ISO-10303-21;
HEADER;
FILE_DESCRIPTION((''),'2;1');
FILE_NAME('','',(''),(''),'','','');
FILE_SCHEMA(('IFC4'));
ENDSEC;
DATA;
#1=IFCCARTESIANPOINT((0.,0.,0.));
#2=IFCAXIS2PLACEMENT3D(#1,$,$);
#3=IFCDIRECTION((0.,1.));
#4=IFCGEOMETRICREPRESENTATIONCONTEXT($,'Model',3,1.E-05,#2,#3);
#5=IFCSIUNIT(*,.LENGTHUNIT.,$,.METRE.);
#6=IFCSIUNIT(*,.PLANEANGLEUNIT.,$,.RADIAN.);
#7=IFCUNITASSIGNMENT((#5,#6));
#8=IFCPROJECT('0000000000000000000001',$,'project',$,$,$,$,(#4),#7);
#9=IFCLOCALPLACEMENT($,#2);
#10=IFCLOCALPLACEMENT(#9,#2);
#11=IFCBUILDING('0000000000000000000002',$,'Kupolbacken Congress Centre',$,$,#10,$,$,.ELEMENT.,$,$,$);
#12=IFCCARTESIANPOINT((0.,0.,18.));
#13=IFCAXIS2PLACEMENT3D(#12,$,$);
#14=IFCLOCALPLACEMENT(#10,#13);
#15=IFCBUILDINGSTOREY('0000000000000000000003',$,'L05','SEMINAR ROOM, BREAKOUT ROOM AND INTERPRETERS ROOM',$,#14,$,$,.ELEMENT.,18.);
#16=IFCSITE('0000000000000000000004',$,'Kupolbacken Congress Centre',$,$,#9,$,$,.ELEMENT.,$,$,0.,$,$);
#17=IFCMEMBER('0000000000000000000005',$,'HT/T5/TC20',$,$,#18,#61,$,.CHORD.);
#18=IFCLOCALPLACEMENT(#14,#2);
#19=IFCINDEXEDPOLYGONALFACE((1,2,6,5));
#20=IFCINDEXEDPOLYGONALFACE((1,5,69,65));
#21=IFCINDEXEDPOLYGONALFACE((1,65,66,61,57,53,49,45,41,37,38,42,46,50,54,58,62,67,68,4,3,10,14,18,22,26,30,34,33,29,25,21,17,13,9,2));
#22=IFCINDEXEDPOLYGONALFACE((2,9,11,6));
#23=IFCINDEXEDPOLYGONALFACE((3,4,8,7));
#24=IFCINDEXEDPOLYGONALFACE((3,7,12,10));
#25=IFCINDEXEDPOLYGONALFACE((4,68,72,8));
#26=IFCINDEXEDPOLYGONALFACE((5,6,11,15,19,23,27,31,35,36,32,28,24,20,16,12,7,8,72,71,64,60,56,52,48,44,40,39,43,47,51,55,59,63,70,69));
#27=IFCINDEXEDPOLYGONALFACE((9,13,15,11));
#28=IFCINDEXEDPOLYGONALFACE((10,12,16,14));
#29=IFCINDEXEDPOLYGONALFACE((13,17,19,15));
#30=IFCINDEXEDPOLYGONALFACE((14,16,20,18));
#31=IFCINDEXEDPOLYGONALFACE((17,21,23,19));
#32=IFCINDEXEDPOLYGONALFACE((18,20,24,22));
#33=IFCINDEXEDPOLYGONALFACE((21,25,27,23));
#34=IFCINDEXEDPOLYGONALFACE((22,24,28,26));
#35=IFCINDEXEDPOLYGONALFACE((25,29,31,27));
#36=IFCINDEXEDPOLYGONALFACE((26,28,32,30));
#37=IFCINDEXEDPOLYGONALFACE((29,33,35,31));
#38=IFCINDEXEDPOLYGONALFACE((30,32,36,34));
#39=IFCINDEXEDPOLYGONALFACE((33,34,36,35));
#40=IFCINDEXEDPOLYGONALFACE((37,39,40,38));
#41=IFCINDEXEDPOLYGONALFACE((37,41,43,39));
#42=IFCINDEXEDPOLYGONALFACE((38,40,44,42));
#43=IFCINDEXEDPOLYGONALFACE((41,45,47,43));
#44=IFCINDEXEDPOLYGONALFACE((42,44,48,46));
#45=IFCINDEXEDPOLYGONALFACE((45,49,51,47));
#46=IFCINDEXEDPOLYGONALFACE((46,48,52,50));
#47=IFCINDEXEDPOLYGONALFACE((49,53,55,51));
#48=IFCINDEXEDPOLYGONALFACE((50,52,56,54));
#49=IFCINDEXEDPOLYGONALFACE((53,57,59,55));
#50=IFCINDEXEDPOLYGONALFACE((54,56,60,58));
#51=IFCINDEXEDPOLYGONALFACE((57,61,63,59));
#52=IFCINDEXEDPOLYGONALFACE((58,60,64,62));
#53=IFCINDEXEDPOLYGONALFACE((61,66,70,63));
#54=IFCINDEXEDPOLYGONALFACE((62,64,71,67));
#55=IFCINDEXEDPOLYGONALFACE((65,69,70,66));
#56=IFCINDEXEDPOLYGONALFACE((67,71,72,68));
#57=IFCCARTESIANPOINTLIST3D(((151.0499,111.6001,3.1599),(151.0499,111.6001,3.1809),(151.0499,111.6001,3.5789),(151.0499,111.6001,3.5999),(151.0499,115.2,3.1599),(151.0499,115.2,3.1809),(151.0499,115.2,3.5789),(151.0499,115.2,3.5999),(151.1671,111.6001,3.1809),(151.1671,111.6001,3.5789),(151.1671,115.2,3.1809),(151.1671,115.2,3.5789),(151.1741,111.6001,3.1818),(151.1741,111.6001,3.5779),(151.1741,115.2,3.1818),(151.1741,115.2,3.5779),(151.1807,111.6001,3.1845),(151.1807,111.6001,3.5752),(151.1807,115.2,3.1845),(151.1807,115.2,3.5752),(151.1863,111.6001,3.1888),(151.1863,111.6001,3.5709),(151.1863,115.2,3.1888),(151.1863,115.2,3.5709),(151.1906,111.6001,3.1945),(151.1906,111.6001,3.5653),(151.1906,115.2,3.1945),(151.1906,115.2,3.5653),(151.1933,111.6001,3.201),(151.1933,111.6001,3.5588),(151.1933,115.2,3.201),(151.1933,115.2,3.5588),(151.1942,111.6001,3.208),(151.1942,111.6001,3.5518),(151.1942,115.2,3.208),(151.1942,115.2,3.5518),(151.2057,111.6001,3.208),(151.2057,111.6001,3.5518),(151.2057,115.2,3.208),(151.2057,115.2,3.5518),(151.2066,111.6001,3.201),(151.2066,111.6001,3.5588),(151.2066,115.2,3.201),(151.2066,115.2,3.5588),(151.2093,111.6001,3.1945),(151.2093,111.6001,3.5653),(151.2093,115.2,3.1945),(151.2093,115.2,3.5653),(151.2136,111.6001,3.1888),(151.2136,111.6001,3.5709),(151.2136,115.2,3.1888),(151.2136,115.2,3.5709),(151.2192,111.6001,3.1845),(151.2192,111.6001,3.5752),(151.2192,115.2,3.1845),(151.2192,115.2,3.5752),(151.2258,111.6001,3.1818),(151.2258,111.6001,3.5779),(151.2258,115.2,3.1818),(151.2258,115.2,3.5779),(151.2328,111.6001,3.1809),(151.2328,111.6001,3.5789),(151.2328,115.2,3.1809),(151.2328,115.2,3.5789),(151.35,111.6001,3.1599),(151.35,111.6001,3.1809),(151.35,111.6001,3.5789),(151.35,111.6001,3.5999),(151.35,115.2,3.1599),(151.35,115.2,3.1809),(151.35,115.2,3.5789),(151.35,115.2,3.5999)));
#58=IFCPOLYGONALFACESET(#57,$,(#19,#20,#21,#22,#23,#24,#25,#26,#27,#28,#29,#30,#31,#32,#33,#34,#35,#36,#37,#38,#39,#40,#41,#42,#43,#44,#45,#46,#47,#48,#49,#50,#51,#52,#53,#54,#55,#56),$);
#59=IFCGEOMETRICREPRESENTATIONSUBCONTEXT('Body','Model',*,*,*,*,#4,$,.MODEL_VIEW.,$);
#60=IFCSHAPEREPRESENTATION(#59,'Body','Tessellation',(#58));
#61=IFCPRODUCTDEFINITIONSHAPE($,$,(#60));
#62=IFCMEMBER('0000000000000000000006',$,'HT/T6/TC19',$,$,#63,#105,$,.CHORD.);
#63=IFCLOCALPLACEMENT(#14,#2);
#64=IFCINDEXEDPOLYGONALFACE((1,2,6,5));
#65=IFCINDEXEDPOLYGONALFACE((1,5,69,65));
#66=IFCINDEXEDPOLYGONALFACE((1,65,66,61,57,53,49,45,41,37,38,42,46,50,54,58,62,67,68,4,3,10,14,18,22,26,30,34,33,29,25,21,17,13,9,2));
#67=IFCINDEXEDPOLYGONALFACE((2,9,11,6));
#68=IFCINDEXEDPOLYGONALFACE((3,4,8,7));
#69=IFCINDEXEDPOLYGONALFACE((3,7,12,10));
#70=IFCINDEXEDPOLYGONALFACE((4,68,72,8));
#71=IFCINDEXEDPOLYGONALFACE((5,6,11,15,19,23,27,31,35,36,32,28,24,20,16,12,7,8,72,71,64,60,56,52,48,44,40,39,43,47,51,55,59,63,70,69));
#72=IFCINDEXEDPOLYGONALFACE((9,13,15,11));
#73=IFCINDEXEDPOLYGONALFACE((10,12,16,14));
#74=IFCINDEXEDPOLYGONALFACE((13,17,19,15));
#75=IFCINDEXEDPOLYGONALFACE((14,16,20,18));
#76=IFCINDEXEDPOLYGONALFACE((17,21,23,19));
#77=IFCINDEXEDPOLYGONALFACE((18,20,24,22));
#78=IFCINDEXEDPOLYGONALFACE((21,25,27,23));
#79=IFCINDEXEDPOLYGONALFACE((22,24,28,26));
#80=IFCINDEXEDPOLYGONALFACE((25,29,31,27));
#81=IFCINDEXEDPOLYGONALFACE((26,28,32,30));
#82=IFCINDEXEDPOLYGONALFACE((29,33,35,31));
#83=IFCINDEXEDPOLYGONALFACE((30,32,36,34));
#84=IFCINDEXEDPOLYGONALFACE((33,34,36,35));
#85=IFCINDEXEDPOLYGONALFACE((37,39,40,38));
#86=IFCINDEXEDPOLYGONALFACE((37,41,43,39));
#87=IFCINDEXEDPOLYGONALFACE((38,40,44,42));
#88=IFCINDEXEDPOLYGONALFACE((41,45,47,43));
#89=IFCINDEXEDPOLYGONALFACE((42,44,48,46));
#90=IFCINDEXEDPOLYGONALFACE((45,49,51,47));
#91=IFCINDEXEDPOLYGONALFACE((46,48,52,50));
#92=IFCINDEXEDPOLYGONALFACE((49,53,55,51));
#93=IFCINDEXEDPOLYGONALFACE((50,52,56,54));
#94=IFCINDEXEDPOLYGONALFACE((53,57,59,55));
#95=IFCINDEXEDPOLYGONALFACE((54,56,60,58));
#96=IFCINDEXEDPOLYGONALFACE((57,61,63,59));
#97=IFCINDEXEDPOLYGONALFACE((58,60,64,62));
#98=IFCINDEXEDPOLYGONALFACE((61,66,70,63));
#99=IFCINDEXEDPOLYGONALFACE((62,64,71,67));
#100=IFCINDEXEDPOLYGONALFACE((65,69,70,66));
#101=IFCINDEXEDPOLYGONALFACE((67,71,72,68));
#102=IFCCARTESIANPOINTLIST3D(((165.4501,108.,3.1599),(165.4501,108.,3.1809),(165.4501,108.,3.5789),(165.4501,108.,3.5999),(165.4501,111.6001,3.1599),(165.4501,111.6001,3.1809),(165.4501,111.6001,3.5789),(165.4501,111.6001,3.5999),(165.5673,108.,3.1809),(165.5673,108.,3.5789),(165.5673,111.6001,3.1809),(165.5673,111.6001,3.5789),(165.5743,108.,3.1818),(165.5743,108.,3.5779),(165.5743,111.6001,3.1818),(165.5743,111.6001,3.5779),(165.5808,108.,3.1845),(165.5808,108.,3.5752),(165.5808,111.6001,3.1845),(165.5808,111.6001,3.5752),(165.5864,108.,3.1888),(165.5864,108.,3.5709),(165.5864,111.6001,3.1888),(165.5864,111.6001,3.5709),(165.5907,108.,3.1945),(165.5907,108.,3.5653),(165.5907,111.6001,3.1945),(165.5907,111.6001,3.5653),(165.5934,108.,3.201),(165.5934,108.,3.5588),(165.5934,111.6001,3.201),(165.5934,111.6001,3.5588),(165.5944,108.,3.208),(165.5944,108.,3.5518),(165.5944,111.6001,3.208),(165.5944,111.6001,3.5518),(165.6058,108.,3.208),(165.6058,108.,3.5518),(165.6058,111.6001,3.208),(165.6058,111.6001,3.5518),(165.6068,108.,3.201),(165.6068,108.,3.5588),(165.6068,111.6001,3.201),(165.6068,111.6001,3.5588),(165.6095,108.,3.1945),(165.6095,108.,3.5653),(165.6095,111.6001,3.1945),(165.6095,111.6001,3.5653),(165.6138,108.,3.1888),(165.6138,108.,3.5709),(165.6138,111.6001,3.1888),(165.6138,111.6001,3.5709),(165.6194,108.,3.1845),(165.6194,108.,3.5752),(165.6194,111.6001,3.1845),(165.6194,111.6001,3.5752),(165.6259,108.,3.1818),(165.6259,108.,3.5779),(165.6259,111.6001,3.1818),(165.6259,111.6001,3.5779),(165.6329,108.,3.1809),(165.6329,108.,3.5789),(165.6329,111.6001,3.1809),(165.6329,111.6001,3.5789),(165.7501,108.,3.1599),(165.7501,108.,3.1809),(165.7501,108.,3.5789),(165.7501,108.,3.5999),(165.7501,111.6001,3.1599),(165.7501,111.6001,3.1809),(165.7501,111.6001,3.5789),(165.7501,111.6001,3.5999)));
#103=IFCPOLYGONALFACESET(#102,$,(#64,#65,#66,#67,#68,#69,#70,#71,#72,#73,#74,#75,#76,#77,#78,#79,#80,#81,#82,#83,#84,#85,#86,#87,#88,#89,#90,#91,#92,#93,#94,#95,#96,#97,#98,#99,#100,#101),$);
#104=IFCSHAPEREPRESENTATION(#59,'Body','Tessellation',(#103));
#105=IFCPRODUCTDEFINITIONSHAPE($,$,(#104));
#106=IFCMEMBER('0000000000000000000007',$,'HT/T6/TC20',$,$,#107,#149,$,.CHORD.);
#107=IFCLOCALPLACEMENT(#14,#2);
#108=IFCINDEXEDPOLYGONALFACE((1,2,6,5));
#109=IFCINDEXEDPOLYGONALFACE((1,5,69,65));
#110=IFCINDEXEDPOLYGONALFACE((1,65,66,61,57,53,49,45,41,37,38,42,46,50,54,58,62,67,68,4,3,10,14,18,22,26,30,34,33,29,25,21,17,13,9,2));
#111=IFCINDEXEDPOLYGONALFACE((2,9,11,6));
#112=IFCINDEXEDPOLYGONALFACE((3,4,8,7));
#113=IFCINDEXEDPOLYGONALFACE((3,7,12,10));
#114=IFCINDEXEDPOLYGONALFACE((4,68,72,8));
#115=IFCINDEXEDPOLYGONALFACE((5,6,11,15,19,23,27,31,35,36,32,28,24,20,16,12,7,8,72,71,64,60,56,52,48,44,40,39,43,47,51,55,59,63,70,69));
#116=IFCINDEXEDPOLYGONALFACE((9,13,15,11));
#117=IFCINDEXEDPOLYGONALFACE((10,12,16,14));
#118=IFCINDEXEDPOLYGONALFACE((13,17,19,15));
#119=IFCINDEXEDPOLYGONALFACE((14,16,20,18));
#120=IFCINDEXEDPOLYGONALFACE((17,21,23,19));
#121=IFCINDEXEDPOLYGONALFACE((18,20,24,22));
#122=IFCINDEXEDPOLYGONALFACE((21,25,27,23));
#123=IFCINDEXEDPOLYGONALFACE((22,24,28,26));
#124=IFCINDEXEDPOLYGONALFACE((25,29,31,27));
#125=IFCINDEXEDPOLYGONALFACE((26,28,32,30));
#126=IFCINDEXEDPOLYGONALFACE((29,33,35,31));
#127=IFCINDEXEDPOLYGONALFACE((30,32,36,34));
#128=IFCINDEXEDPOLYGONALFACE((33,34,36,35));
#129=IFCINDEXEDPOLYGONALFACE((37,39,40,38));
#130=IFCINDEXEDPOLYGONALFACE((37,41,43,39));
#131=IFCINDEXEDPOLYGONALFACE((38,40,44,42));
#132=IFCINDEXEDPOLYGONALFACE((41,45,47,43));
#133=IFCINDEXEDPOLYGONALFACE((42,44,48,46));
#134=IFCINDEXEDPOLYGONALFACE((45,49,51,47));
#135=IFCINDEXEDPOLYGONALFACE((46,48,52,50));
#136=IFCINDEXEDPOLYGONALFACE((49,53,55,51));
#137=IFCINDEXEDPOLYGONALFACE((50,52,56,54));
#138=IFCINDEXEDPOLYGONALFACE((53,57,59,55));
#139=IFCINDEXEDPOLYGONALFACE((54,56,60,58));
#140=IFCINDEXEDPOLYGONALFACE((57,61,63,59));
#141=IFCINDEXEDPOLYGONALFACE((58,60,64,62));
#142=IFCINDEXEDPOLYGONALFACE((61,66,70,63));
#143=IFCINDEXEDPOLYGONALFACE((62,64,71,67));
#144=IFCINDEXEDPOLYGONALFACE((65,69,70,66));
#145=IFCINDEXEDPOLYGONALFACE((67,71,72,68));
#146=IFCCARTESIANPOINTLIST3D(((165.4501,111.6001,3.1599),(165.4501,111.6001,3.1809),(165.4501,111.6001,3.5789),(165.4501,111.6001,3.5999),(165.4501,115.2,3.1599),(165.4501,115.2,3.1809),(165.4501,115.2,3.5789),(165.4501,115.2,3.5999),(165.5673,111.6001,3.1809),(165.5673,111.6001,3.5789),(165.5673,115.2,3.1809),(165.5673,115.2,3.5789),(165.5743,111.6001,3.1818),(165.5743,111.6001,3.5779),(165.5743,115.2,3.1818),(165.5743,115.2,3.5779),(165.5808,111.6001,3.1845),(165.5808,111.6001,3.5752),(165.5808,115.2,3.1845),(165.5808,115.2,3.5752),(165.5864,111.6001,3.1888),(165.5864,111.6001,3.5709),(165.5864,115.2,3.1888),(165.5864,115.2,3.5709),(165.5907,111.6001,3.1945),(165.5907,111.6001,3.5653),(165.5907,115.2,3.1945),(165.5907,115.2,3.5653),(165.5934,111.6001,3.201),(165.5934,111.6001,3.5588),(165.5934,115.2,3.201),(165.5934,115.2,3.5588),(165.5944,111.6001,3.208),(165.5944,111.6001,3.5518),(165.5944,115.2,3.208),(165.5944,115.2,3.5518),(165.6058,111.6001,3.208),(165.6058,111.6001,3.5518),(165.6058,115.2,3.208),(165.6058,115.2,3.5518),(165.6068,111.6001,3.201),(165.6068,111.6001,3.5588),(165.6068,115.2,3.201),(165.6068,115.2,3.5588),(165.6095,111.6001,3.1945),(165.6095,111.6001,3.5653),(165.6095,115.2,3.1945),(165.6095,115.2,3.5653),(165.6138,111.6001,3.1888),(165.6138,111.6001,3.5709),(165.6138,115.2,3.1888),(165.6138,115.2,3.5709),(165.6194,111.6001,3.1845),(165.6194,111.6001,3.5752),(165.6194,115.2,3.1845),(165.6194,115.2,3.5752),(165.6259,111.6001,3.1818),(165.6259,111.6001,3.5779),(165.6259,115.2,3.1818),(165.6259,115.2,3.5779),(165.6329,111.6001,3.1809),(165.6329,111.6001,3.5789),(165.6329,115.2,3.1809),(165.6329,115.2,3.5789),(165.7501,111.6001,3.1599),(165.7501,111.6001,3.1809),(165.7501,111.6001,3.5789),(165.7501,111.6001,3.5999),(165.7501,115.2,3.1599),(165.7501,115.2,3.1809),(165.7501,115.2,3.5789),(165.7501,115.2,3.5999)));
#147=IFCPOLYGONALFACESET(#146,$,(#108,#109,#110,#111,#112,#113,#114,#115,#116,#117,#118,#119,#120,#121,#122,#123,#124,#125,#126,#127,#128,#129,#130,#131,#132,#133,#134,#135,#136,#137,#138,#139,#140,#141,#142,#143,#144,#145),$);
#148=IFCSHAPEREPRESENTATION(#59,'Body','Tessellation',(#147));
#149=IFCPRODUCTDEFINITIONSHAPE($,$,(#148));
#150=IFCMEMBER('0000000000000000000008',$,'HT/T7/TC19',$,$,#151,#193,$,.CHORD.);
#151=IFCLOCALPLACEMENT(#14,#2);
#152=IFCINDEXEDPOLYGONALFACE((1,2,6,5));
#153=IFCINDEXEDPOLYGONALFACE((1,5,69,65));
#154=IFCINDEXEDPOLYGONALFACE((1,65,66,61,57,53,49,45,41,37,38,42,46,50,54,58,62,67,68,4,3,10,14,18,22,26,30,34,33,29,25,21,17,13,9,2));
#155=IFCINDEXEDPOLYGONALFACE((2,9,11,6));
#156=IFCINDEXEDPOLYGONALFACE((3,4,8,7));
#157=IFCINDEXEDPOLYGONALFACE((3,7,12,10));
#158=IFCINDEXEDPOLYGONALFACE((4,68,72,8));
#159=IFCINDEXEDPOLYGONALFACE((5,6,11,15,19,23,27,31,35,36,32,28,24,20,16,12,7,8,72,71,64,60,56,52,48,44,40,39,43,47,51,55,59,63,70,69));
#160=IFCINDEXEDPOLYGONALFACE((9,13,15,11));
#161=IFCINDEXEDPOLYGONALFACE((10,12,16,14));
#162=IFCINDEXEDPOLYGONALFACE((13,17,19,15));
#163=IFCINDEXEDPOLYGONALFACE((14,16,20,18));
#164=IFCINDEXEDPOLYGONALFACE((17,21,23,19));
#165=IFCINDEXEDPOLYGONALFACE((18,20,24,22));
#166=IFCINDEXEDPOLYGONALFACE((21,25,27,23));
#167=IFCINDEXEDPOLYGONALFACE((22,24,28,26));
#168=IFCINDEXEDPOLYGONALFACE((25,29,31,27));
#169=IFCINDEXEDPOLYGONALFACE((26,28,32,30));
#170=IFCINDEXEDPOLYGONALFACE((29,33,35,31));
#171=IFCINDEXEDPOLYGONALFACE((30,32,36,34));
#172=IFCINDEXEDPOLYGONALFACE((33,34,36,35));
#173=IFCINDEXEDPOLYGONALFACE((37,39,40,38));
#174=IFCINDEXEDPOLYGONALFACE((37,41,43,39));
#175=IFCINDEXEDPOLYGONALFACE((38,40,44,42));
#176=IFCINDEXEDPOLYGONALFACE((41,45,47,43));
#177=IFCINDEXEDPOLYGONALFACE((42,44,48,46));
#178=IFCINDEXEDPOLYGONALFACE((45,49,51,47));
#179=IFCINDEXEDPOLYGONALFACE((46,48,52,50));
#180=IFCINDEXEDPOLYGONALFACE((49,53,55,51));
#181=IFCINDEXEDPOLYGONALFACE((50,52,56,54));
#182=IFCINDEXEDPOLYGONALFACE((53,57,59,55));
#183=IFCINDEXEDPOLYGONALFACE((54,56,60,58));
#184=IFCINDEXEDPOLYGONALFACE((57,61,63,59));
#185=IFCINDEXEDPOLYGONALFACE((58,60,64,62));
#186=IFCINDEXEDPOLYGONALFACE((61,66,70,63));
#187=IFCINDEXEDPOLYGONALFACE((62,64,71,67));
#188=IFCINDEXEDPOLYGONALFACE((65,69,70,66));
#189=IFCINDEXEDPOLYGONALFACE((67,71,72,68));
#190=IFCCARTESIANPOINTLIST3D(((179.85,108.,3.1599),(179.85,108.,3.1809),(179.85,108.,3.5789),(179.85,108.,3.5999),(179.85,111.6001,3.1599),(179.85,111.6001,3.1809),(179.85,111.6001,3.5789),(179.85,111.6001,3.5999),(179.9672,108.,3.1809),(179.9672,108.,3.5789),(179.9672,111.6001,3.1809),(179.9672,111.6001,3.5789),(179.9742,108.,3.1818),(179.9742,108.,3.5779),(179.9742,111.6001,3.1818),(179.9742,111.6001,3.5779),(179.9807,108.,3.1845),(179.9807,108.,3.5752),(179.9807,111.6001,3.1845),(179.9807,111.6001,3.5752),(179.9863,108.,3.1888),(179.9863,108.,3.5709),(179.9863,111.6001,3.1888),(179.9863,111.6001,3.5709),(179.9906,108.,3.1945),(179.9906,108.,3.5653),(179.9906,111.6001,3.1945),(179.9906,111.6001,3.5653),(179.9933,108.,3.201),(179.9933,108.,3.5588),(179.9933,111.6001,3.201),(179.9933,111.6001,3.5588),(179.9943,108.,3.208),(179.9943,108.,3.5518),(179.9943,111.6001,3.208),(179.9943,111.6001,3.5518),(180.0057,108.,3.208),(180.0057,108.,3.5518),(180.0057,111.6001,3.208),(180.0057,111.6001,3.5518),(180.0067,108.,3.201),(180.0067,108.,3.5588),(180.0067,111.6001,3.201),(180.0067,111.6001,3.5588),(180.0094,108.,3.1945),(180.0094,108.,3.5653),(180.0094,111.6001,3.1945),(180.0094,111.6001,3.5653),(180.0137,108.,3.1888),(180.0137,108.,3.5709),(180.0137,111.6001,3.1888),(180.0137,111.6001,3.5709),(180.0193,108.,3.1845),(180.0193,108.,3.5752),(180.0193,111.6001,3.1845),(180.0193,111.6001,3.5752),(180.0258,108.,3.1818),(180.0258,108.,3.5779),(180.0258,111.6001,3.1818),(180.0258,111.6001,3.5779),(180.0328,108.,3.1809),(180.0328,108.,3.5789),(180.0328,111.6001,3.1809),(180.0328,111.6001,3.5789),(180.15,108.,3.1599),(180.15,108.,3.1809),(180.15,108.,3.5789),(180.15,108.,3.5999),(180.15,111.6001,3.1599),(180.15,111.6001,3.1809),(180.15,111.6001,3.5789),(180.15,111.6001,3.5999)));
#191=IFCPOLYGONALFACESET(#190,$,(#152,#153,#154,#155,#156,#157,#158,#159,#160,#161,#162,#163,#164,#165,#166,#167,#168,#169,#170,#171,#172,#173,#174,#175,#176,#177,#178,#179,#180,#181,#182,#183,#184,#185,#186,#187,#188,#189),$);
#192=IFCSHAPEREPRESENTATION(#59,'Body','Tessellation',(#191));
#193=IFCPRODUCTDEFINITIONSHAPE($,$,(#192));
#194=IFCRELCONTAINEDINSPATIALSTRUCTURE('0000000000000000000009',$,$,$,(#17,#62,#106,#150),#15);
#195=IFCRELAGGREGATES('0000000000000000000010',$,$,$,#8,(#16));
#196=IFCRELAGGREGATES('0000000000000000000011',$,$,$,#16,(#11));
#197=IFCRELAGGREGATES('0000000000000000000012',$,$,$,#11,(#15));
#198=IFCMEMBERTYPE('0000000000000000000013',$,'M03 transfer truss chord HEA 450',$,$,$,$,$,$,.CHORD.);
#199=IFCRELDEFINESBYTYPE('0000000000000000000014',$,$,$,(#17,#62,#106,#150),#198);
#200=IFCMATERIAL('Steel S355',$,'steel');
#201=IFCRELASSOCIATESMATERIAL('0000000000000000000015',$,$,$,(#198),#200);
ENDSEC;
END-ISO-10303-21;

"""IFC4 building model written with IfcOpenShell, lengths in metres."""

from ifc_helpers import new_model, si_unit, direction, frame, origin, origin_2d, place, context, subcontext, project, spatial, i_section, extrude, material, material_profile, profile_set, type_object, element, save


model = new_model("IFC4")

# Units and contexts
model_context = context("Model", 3, precision=1e-05, world=origin(), true_north=direction((0.0, 1.0)))
body_context = subcontext(model_context, "Body", "Model", "MODEL_VIEW")
ifc_project = project(units=[si_unit("LENGTHUNIT", "METRE"), si_unit("PLANEANGLEUNIT", "RADIAN")], contexts=[model_context])

# Site, building, storey
site_placement = place(None, origin())
site = spatial("IfcSite", under=ifc_project, at=site_placement, Name="Kupolbacken Congress Centre", CompositionType="ELEMENT", RefElevation=0.0)
building_placement = place(site_placement, origin())
building = spatial("IfcBuilding", under=site, at=building_placement, Name="Kupolbacken Congress Centre", CompositionType="ELEMENT")
storey_placement = place(building_placement, frame((0.0, 0.0, 18.0)))
storey = spatial("IfcBuildingStorey", under=building, at=storey_placement, Name="L05", Description="SEMINAR ROOM, BREAKOUT ROOM AND INTERPRETERS ROOM", CompositionType="ELEMENT", Elevation=18.0)

# Members
ifc_material_1 = material(Name="Steel S355", Category="steel")
ifc_material_profile_1 = material_profile(ifc_material_1, i_section(OverallWidth=0.3, OverallDepth=0.4399, WebThickness=0.0115, FlangeThickness=0.021, FilletRadius=0.0271, at=origin_2d()), Name="HEA 450")
ifc_profile_set_1 = profile_set([ifc_material_profile_1], Name="Steel S355")
member_type_1 = type_object("IfcMemberType", Name="M03 transfer truss chord HEA 450", PredefinedType="CHORD", material=ifc_profile_set_1)
member_1_placement = place(storey_placement, frame((151.2, 111.6001, 3.3799), z_axis=(0.0, 1.0, 0.0), x_axis=(-1.0, 0.0, 0.0)))
element("IfcMember", 1, at=member_1_placement, inside=storey, type_object=member_type_1, Name="HT/T5/TC20", PredefinedType="CHORD", context=body_context, shape_type="SweptSolid", body=[
    extrude(i_section(OverallWidth=0.3, OverallDepth=0.4399, WebThickness=0.0115, FlangeThickness=0.021, FilletRadius=0.0271, at=origin_2d()), origin(), (0.0, 0.0, 1.0), 3.5999),
])
member_2_placement = place(storey_placement, frame((165.6001, 108.0, 3.3799), z_axis=(0.0, 1.0, 0.0), x_axis=(-1.0, 0.0, 0.0)))
element("IfcMember", 2, at=member_2_placement, inside=storey, type_object=member_type_1, Name="HT/T6/TC19", PredefinedType="CHORD", context=body_context, shape_type="SweptSolid", body=[
    extrude(i_section(OverallWidth=0.3, OverallDepth=0.4399, WebThickness=0.0115, FlangeThickness=0.021, FilletRadius=0.0271, at=origin_2d()), origin(), (0.0, 0.0, 1.0), 3.6001),
])
member_3_placement = place(storey_placement, frame((165.6001, 111.6001, 3.3799), z_axis=(0.0, 1.0, 0.0), x_axis=(-1.0, 0.0, 0.0)))
element("IfcMember", 3, at=member_3_placement, inside=storey, type_object=member_type_1, Name="HT/T6/TC20", PredefinedType="CHORD", context=body_context, shape_type="SweptSolid", body=[
    extrude(i_section(OverallWidth=0.3, OverallDepth=0.4399, WebThickness=0.0115, FlangeThickness=0.021, FilletRadius=0.0271, at=origin_2d()), origin(), (0.0, 0.0, 1.0), 3.5999),
])
member_4_placement = place(storey_placement, frame((180.0, 108.0, 3.3799), z_axis=(0.0, 1.0, 0.0), x_axis=(-1.0, 0.0, 0.0)))
element("IfcMember", 4, at=member_4_placement, inside=storey, type_object=member_type_1, Name="HT/T7/TC19", PredefinedType="CHORD", context=body_context, shape_type="SweptSolid", body=[
    extrude(i_section(OverallWidth=0.3, OverallDepth=0.4399, WebThickness=0.0115, FlangeThickness=0.021, FilletRadius=0.0271, at=origin_2d()), origin(), (0.0, 0.0, 1.0), 3.6001),
])

save(model, "model.ifc")
